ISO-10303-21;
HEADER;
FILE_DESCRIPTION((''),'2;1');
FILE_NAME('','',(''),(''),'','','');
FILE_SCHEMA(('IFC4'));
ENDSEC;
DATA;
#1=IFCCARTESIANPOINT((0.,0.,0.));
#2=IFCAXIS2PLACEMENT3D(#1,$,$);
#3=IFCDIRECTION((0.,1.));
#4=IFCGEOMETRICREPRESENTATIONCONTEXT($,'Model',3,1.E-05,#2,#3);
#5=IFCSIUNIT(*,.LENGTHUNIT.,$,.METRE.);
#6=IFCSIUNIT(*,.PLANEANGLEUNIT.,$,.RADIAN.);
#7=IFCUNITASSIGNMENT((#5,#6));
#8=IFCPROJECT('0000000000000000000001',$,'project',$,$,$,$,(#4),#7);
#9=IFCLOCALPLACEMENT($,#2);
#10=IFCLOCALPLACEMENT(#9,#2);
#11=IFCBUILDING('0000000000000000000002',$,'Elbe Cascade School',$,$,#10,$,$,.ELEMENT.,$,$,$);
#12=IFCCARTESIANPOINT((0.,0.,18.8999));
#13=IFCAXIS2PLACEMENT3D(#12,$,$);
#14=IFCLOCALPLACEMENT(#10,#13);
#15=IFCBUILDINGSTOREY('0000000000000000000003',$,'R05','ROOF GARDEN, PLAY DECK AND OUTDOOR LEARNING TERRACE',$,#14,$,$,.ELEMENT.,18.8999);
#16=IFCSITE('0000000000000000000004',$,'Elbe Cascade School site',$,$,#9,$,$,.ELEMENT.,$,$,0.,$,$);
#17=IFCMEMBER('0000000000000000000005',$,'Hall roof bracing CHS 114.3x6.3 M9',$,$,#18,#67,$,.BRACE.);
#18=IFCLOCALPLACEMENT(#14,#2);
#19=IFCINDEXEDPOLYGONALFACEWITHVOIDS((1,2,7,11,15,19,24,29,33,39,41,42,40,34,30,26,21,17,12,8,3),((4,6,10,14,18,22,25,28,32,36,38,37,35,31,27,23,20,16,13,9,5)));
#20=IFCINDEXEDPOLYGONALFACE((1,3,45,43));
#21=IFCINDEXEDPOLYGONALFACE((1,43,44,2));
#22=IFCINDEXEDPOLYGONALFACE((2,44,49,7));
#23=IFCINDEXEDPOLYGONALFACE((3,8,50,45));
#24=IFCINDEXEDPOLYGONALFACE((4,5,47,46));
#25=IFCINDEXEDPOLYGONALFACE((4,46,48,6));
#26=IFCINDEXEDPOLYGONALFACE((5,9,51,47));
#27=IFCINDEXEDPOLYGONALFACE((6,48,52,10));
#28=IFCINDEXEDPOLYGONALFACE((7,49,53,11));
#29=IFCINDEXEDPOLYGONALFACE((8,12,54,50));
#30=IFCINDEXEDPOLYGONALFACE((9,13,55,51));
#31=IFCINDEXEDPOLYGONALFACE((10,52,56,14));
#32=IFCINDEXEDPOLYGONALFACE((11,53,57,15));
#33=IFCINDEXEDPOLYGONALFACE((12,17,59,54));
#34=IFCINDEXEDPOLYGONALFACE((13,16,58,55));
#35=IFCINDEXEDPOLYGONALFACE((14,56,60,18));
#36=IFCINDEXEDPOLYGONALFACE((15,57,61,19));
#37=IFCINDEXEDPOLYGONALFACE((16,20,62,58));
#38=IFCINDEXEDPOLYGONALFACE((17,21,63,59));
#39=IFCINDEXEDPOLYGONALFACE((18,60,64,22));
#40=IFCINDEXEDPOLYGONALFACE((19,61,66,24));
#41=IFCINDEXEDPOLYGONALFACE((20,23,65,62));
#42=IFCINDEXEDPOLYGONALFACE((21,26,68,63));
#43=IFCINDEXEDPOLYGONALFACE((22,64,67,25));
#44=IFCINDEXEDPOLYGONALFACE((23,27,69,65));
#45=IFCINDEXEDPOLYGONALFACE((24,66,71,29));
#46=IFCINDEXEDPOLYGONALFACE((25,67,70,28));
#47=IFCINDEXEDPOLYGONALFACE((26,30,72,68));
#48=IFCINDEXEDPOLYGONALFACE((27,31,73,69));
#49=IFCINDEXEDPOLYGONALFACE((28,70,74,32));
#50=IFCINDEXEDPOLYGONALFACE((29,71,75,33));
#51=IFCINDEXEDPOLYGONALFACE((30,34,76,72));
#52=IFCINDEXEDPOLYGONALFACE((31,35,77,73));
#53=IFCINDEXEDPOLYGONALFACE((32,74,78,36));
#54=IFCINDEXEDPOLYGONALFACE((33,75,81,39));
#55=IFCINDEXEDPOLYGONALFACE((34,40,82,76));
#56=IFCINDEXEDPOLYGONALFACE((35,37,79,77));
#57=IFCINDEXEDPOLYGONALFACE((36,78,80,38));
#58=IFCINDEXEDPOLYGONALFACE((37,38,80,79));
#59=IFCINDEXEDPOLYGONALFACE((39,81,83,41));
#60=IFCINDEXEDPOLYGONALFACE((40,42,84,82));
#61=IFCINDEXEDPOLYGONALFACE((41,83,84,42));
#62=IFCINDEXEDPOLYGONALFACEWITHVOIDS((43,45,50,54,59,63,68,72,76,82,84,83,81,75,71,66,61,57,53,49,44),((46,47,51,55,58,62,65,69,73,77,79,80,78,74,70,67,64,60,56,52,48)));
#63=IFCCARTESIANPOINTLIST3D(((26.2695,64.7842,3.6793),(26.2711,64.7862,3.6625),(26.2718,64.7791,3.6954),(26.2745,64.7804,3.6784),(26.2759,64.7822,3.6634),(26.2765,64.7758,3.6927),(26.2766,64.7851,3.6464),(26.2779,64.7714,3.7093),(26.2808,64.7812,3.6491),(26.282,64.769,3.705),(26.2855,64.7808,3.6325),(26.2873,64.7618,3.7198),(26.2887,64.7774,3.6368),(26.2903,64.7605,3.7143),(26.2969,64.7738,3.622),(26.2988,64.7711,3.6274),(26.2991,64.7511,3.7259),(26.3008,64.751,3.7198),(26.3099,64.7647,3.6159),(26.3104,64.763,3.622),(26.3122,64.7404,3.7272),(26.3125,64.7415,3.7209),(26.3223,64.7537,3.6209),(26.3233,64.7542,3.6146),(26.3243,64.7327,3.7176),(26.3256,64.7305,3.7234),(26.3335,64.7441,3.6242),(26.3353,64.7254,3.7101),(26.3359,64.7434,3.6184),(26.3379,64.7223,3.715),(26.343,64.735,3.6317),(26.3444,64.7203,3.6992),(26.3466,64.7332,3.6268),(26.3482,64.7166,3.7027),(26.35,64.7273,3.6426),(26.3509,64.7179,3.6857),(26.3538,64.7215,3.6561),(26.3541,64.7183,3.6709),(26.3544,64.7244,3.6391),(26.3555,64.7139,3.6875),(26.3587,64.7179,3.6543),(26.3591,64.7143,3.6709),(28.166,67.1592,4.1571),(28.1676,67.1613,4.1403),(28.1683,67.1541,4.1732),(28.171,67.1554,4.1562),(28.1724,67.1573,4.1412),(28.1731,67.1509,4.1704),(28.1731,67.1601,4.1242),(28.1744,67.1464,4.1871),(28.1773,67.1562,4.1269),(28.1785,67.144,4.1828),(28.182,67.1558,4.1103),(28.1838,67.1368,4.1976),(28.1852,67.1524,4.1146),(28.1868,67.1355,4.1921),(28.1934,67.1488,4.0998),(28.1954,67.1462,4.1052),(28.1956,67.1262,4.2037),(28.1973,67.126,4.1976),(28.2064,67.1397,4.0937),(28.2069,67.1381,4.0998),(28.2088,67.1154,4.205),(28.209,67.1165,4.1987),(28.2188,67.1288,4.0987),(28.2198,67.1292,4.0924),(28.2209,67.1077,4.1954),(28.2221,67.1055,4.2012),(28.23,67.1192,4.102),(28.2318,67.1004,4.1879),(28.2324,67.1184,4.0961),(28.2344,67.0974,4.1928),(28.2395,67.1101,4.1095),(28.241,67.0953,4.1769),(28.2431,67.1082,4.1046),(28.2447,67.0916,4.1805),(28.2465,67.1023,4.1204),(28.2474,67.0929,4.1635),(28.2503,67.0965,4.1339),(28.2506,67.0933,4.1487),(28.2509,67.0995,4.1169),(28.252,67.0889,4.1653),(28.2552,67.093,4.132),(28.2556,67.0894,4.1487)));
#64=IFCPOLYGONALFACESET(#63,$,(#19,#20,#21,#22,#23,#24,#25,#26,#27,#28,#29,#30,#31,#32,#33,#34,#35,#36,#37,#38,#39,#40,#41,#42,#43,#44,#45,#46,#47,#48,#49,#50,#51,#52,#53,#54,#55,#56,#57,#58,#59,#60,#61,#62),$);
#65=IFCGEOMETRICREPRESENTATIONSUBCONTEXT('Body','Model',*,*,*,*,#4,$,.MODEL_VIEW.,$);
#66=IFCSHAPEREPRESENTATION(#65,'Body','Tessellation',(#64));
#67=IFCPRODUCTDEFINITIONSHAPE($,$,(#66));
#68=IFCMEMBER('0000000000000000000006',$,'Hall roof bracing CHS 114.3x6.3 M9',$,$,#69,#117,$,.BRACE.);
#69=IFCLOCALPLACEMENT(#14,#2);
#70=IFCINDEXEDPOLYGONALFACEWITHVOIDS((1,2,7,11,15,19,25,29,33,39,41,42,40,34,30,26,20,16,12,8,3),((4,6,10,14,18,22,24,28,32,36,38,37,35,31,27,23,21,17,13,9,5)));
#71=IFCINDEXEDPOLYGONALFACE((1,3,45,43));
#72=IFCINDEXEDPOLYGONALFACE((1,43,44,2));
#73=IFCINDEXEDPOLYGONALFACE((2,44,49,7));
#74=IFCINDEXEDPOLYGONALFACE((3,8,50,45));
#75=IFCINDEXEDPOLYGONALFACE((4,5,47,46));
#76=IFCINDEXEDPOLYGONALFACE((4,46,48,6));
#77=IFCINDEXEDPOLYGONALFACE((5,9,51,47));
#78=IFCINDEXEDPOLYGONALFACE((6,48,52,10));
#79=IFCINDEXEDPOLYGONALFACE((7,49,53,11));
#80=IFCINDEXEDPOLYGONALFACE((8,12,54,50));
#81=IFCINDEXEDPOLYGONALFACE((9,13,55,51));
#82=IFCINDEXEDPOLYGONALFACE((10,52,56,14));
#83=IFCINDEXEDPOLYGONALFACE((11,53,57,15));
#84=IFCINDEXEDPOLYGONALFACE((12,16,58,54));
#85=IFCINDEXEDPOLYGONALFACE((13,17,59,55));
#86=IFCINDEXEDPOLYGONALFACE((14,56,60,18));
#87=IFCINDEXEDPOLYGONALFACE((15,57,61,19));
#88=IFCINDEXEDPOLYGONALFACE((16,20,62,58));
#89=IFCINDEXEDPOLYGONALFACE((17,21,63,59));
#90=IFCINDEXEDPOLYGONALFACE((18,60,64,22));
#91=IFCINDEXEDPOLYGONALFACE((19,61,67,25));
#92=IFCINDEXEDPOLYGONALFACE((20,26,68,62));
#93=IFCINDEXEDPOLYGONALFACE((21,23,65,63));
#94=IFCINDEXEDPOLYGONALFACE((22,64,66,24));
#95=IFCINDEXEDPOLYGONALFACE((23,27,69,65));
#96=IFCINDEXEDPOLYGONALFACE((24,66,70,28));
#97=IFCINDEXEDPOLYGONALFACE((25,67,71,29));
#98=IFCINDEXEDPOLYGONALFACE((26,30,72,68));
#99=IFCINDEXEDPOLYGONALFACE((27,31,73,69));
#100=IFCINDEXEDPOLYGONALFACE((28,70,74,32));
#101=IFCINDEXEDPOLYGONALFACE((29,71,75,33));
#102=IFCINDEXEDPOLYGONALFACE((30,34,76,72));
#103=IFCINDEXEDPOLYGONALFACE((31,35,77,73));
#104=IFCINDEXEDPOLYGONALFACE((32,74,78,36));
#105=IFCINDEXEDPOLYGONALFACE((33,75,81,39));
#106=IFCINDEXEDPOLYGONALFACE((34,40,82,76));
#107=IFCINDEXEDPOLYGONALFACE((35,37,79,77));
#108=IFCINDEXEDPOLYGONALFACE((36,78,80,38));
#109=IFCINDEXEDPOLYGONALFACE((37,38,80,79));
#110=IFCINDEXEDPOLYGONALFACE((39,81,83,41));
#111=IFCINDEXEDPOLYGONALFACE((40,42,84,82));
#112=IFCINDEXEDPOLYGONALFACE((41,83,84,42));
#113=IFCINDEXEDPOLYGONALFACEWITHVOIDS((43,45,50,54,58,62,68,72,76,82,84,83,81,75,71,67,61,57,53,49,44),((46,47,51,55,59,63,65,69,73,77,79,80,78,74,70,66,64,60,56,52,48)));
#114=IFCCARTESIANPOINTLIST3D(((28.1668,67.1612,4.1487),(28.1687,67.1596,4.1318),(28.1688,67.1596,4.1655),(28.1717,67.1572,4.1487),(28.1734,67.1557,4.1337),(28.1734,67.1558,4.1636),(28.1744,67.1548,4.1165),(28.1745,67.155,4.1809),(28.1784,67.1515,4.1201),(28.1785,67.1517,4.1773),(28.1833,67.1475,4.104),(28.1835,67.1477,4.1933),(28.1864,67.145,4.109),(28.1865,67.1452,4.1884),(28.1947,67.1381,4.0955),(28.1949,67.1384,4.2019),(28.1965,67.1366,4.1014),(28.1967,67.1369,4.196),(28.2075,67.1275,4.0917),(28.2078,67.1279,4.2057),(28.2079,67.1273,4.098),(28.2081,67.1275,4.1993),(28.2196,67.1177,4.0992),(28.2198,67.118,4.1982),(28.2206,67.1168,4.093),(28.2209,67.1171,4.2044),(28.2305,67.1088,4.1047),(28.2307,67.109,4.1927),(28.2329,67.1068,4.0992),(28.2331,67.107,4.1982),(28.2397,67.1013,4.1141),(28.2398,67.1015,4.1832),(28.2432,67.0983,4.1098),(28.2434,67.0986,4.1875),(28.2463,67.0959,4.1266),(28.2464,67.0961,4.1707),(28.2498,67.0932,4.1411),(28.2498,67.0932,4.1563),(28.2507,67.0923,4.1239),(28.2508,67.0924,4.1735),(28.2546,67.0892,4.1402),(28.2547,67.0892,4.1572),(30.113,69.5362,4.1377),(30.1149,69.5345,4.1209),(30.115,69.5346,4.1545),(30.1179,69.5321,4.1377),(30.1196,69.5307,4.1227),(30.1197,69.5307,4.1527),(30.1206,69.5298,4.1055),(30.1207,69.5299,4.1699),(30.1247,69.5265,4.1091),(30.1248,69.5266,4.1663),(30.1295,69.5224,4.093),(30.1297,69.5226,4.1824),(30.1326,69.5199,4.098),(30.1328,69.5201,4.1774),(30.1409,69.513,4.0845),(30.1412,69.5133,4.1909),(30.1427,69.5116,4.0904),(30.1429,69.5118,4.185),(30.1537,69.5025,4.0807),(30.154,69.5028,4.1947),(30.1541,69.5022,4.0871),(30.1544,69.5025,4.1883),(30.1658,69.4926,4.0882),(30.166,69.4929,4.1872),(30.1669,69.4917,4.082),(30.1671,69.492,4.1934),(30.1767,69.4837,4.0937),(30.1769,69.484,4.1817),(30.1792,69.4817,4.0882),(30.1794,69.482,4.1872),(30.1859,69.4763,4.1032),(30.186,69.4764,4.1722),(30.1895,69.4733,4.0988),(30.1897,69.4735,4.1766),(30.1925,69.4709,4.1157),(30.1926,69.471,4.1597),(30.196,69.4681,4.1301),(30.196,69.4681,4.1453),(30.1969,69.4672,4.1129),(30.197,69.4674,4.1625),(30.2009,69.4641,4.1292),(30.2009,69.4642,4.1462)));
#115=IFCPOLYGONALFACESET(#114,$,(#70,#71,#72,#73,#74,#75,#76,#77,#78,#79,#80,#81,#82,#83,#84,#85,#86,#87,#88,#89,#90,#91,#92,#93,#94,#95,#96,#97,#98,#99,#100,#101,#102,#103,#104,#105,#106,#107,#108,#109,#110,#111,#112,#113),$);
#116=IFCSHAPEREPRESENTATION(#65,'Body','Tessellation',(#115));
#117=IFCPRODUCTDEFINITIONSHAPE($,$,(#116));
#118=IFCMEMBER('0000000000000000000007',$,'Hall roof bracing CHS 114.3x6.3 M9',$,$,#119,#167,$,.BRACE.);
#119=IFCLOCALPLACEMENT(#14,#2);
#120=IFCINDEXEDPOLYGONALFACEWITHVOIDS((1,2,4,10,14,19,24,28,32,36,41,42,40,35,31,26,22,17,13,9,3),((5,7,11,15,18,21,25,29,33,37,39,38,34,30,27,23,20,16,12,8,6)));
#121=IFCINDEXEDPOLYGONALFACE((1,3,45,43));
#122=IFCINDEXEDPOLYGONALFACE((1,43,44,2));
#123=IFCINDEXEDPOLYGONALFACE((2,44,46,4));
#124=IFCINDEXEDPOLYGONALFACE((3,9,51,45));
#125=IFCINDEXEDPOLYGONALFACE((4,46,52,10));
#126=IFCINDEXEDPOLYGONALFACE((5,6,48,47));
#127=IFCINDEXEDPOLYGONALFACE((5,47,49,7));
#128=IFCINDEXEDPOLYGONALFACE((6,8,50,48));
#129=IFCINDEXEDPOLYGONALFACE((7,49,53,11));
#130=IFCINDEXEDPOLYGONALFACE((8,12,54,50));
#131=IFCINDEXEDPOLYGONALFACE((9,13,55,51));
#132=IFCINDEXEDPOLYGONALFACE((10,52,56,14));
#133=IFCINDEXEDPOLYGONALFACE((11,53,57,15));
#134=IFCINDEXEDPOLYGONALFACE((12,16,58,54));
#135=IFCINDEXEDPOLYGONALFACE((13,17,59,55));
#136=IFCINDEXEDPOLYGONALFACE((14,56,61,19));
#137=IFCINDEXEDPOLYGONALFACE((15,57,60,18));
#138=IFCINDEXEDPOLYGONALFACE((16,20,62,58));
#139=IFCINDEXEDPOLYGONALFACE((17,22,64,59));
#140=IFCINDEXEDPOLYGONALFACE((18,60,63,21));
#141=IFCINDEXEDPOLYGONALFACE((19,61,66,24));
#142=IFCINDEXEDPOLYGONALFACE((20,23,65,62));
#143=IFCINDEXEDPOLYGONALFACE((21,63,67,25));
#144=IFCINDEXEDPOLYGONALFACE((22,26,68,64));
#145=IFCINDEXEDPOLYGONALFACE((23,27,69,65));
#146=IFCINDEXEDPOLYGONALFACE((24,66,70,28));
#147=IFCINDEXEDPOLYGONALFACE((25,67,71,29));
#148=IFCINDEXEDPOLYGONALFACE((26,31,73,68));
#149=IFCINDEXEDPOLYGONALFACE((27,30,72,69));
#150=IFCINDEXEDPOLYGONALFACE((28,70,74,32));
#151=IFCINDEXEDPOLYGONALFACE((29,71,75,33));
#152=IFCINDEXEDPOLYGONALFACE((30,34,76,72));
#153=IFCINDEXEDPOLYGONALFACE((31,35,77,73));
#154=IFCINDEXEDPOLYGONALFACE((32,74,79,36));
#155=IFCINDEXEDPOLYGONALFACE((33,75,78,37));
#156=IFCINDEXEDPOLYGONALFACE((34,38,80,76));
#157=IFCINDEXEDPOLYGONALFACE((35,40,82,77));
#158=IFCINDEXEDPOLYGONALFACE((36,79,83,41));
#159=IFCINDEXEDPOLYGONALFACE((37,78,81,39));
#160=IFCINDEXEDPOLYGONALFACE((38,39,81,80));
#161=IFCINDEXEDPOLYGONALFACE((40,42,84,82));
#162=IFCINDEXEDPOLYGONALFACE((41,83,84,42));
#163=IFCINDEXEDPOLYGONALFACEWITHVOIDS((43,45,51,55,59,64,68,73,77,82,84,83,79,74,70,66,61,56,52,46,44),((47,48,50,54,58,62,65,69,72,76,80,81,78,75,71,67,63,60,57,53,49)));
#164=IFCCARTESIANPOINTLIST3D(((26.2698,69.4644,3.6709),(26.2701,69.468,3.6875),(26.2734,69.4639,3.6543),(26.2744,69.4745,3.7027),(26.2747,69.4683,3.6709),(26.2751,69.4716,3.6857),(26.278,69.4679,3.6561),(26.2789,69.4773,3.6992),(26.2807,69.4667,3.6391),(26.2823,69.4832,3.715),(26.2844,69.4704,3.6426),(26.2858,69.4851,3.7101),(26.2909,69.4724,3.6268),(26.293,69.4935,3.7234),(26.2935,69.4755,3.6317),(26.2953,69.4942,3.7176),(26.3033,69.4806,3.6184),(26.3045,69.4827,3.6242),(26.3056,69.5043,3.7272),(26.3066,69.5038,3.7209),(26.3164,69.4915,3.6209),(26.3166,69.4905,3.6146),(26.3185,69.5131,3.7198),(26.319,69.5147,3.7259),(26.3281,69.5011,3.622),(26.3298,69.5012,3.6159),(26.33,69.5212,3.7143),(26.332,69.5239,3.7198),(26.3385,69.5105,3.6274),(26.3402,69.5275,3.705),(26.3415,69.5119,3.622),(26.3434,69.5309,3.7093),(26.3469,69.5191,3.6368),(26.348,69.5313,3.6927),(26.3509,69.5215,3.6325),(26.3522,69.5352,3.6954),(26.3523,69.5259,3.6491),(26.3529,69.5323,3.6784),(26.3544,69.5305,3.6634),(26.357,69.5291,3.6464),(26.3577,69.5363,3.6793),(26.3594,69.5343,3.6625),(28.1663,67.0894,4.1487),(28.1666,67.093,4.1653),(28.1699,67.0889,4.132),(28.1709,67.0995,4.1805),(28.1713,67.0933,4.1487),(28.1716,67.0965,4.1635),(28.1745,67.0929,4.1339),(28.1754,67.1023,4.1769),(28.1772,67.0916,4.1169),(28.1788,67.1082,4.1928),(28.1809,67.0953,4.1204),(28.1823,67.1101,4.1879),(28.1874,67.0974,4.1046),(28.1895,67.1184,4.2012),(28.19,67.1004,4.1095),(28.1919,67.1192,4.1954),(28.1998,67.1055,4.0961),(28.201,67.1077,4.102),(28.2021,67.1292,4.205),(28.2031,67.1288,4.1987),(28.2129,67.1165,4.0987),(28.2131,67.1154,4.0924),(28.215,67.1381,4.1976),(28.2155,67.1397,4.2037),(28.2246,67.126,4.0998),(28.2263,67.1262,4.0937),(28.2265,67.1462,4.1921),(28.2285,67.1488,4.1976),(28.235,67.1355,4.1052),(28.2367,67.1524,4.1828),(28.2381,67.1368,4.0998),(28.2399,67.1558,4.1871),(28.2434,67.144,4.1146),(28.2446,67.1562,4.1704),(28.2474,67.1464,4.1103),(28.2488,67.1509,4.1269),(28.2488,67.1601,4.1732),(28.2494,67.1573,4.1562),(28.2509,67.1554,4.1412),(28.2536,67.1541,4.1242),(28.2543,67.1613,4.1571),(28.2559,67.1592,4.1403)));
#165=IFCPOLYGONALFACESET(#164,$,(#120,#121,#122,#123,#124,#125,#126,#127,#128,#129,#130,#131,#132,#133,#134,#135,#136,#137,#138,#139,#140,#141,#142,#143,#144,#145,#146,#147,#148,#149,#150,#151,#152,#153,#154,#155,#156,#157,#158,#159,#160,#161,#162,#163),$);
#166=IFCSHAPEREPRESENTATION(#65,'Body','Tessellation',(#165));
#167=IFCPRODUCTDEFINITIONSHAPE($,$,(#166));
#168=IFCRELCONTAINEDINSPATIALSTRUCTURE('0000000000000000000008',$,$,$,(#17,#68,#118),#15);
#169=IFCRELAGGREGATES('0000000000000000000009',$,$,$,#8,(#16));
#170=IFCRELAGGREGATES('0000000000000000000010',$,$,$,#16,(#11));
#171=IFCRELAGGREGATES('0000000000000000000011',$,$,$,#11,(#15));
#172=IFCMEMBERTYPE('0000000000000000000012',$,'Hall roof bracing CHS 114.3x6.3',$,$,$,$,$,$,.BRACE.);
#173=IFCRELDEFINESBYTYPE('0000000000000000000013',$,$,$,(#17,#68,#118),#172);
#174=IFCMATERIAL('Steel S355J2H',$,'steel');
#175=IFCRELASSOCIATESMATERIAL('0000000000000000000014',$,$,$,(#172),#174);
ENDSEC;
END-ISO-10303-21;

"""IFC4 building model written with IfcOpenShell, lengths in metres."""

from ifc_helpers import new_model, si_unit, direction, frame, origin, origin_2d, place, context, subcontext, project, spatial, hollow_circle, extrude, material, material_profile, profile_set, type_object, element, save


model = new_model("IFC4")

# Units and contexts
model_context = context("Model", 3, precision=1e-05, world=origin(), true_north=direction((0.0, 1.0)))
body_context = subcontext(model_context, "Body", "Model", "MODEL_VIEW")
ifc_project = project(units=[si_unit("LENGTHUNIT", "METRE"), si_unit("PLANEANGLEUNIT", "RADIAN")], contexts=[model_context])

# Site, building, storey
site_placement = place(None, origin())
site = spatial("IfcSite", under=ifc_project, at=site_placement, Name="Elbe Cascade School site", CompositionType="ELEMENT", RefElevation=0.0)
building_placement = place(site_placement, origin())
building = spatial("IfcBuilding", under=site, at=building_placement, Name="Elbe Cascade School", CompositionType="ELEMENT")
storey_placement = place(building_placement, frame((0.0, 0.0, 18.8999)))
storey = spatial("IfcBuildingStorey", under=building, at=storey_placement, Name="R05", Description="ROOF GARDEN, PLAY DECK AND OUTDOOR LEARNING TERRACE", CompositionType="ELEMENT", Elevation=18.8999)

# Members
ifc_material_1 = material(Name="Steel S355J2H", Category="steel")
ifc_material_profile_1 = material_profile(ifc_material_1, hollow_circle(Radius=0.0571, WallThickness=0.0063, at=origin_2d()), Name="CHS 114.3x6.3")
ifc_profile_set_1 = profile_set([ifc_material_profile_1], Name="Steel S355J2H")
member_type_1 = type_object("IfcMemberType", Name="Hall roof bracing CHS 114.3x6.3", PredefinedType="BRACE", material=ifc_profile_set_1)
member_1_placement = place(storey_placement, frame((28.2109, 67.125, 4.1487), z_axis=(-0.616419, -0.771952, -0.155295), x_axis=(0.781433, -0.623989, 0.0)))
element("IfcMember", 1, at=member_1_placement, inside=storey, type_object=member_type_1, Name="Hall roof bracing CHS 114.3x6.3 M9", PredefinedType="BRACE", context=body_context, shape_type="SweptSolid", body=[
    extrude(hollow_circle(Radius=0.0571, WallThickness=0.0063, at=origin_2d()), origin(), (0.0, 0.0, 1.0), 3.0767),
])
member_2_placement = place(storey_placement, frame((28.2109, 67.125, 4.1487), z_axis=(0.63384, 0.773456, -0.003578), x_axis=(-0.773461, 0.633844, 0.0)))
element("IfcMember", 2, at=member_2_placement, inside=storey, type_object=member_type_1, Name="Hall roof bracing CHS 114.3x6.3 M9", PredefinedType="BRACE", context=body_context, shape_type="SweptSolid", body=[
    extrude(hollow_circle(Radius=0.0571, WallThickness=0.0063, at=origin_2d()), origin(), (0.0, 0.0, 1.0), 3.0706),
])
member_3_placement = place(storey_placement, frame((28.2109, 67.125, 4.1487), z_axis=(-0.616419, 0.771952, -0.155295), x_axis=(-0.781433, -0.623989, 0.0)))
element("IfcMember", 3, at=member_3_placement, inside=storey, type_object=member_type_1, Name="Hall roof bracing CHS 114.3x6.3 M9", PredefinedType="BRACE", context=body_context, shape_type="SweptSolid", body=[
    extrude(hollow_circle(Radius=0.0571, WallThickness=0.0063, at=origin_2d()), origin(), (0.0, 0.0, 1.0), 3.0767),
])

save(model, "model.ifc")
